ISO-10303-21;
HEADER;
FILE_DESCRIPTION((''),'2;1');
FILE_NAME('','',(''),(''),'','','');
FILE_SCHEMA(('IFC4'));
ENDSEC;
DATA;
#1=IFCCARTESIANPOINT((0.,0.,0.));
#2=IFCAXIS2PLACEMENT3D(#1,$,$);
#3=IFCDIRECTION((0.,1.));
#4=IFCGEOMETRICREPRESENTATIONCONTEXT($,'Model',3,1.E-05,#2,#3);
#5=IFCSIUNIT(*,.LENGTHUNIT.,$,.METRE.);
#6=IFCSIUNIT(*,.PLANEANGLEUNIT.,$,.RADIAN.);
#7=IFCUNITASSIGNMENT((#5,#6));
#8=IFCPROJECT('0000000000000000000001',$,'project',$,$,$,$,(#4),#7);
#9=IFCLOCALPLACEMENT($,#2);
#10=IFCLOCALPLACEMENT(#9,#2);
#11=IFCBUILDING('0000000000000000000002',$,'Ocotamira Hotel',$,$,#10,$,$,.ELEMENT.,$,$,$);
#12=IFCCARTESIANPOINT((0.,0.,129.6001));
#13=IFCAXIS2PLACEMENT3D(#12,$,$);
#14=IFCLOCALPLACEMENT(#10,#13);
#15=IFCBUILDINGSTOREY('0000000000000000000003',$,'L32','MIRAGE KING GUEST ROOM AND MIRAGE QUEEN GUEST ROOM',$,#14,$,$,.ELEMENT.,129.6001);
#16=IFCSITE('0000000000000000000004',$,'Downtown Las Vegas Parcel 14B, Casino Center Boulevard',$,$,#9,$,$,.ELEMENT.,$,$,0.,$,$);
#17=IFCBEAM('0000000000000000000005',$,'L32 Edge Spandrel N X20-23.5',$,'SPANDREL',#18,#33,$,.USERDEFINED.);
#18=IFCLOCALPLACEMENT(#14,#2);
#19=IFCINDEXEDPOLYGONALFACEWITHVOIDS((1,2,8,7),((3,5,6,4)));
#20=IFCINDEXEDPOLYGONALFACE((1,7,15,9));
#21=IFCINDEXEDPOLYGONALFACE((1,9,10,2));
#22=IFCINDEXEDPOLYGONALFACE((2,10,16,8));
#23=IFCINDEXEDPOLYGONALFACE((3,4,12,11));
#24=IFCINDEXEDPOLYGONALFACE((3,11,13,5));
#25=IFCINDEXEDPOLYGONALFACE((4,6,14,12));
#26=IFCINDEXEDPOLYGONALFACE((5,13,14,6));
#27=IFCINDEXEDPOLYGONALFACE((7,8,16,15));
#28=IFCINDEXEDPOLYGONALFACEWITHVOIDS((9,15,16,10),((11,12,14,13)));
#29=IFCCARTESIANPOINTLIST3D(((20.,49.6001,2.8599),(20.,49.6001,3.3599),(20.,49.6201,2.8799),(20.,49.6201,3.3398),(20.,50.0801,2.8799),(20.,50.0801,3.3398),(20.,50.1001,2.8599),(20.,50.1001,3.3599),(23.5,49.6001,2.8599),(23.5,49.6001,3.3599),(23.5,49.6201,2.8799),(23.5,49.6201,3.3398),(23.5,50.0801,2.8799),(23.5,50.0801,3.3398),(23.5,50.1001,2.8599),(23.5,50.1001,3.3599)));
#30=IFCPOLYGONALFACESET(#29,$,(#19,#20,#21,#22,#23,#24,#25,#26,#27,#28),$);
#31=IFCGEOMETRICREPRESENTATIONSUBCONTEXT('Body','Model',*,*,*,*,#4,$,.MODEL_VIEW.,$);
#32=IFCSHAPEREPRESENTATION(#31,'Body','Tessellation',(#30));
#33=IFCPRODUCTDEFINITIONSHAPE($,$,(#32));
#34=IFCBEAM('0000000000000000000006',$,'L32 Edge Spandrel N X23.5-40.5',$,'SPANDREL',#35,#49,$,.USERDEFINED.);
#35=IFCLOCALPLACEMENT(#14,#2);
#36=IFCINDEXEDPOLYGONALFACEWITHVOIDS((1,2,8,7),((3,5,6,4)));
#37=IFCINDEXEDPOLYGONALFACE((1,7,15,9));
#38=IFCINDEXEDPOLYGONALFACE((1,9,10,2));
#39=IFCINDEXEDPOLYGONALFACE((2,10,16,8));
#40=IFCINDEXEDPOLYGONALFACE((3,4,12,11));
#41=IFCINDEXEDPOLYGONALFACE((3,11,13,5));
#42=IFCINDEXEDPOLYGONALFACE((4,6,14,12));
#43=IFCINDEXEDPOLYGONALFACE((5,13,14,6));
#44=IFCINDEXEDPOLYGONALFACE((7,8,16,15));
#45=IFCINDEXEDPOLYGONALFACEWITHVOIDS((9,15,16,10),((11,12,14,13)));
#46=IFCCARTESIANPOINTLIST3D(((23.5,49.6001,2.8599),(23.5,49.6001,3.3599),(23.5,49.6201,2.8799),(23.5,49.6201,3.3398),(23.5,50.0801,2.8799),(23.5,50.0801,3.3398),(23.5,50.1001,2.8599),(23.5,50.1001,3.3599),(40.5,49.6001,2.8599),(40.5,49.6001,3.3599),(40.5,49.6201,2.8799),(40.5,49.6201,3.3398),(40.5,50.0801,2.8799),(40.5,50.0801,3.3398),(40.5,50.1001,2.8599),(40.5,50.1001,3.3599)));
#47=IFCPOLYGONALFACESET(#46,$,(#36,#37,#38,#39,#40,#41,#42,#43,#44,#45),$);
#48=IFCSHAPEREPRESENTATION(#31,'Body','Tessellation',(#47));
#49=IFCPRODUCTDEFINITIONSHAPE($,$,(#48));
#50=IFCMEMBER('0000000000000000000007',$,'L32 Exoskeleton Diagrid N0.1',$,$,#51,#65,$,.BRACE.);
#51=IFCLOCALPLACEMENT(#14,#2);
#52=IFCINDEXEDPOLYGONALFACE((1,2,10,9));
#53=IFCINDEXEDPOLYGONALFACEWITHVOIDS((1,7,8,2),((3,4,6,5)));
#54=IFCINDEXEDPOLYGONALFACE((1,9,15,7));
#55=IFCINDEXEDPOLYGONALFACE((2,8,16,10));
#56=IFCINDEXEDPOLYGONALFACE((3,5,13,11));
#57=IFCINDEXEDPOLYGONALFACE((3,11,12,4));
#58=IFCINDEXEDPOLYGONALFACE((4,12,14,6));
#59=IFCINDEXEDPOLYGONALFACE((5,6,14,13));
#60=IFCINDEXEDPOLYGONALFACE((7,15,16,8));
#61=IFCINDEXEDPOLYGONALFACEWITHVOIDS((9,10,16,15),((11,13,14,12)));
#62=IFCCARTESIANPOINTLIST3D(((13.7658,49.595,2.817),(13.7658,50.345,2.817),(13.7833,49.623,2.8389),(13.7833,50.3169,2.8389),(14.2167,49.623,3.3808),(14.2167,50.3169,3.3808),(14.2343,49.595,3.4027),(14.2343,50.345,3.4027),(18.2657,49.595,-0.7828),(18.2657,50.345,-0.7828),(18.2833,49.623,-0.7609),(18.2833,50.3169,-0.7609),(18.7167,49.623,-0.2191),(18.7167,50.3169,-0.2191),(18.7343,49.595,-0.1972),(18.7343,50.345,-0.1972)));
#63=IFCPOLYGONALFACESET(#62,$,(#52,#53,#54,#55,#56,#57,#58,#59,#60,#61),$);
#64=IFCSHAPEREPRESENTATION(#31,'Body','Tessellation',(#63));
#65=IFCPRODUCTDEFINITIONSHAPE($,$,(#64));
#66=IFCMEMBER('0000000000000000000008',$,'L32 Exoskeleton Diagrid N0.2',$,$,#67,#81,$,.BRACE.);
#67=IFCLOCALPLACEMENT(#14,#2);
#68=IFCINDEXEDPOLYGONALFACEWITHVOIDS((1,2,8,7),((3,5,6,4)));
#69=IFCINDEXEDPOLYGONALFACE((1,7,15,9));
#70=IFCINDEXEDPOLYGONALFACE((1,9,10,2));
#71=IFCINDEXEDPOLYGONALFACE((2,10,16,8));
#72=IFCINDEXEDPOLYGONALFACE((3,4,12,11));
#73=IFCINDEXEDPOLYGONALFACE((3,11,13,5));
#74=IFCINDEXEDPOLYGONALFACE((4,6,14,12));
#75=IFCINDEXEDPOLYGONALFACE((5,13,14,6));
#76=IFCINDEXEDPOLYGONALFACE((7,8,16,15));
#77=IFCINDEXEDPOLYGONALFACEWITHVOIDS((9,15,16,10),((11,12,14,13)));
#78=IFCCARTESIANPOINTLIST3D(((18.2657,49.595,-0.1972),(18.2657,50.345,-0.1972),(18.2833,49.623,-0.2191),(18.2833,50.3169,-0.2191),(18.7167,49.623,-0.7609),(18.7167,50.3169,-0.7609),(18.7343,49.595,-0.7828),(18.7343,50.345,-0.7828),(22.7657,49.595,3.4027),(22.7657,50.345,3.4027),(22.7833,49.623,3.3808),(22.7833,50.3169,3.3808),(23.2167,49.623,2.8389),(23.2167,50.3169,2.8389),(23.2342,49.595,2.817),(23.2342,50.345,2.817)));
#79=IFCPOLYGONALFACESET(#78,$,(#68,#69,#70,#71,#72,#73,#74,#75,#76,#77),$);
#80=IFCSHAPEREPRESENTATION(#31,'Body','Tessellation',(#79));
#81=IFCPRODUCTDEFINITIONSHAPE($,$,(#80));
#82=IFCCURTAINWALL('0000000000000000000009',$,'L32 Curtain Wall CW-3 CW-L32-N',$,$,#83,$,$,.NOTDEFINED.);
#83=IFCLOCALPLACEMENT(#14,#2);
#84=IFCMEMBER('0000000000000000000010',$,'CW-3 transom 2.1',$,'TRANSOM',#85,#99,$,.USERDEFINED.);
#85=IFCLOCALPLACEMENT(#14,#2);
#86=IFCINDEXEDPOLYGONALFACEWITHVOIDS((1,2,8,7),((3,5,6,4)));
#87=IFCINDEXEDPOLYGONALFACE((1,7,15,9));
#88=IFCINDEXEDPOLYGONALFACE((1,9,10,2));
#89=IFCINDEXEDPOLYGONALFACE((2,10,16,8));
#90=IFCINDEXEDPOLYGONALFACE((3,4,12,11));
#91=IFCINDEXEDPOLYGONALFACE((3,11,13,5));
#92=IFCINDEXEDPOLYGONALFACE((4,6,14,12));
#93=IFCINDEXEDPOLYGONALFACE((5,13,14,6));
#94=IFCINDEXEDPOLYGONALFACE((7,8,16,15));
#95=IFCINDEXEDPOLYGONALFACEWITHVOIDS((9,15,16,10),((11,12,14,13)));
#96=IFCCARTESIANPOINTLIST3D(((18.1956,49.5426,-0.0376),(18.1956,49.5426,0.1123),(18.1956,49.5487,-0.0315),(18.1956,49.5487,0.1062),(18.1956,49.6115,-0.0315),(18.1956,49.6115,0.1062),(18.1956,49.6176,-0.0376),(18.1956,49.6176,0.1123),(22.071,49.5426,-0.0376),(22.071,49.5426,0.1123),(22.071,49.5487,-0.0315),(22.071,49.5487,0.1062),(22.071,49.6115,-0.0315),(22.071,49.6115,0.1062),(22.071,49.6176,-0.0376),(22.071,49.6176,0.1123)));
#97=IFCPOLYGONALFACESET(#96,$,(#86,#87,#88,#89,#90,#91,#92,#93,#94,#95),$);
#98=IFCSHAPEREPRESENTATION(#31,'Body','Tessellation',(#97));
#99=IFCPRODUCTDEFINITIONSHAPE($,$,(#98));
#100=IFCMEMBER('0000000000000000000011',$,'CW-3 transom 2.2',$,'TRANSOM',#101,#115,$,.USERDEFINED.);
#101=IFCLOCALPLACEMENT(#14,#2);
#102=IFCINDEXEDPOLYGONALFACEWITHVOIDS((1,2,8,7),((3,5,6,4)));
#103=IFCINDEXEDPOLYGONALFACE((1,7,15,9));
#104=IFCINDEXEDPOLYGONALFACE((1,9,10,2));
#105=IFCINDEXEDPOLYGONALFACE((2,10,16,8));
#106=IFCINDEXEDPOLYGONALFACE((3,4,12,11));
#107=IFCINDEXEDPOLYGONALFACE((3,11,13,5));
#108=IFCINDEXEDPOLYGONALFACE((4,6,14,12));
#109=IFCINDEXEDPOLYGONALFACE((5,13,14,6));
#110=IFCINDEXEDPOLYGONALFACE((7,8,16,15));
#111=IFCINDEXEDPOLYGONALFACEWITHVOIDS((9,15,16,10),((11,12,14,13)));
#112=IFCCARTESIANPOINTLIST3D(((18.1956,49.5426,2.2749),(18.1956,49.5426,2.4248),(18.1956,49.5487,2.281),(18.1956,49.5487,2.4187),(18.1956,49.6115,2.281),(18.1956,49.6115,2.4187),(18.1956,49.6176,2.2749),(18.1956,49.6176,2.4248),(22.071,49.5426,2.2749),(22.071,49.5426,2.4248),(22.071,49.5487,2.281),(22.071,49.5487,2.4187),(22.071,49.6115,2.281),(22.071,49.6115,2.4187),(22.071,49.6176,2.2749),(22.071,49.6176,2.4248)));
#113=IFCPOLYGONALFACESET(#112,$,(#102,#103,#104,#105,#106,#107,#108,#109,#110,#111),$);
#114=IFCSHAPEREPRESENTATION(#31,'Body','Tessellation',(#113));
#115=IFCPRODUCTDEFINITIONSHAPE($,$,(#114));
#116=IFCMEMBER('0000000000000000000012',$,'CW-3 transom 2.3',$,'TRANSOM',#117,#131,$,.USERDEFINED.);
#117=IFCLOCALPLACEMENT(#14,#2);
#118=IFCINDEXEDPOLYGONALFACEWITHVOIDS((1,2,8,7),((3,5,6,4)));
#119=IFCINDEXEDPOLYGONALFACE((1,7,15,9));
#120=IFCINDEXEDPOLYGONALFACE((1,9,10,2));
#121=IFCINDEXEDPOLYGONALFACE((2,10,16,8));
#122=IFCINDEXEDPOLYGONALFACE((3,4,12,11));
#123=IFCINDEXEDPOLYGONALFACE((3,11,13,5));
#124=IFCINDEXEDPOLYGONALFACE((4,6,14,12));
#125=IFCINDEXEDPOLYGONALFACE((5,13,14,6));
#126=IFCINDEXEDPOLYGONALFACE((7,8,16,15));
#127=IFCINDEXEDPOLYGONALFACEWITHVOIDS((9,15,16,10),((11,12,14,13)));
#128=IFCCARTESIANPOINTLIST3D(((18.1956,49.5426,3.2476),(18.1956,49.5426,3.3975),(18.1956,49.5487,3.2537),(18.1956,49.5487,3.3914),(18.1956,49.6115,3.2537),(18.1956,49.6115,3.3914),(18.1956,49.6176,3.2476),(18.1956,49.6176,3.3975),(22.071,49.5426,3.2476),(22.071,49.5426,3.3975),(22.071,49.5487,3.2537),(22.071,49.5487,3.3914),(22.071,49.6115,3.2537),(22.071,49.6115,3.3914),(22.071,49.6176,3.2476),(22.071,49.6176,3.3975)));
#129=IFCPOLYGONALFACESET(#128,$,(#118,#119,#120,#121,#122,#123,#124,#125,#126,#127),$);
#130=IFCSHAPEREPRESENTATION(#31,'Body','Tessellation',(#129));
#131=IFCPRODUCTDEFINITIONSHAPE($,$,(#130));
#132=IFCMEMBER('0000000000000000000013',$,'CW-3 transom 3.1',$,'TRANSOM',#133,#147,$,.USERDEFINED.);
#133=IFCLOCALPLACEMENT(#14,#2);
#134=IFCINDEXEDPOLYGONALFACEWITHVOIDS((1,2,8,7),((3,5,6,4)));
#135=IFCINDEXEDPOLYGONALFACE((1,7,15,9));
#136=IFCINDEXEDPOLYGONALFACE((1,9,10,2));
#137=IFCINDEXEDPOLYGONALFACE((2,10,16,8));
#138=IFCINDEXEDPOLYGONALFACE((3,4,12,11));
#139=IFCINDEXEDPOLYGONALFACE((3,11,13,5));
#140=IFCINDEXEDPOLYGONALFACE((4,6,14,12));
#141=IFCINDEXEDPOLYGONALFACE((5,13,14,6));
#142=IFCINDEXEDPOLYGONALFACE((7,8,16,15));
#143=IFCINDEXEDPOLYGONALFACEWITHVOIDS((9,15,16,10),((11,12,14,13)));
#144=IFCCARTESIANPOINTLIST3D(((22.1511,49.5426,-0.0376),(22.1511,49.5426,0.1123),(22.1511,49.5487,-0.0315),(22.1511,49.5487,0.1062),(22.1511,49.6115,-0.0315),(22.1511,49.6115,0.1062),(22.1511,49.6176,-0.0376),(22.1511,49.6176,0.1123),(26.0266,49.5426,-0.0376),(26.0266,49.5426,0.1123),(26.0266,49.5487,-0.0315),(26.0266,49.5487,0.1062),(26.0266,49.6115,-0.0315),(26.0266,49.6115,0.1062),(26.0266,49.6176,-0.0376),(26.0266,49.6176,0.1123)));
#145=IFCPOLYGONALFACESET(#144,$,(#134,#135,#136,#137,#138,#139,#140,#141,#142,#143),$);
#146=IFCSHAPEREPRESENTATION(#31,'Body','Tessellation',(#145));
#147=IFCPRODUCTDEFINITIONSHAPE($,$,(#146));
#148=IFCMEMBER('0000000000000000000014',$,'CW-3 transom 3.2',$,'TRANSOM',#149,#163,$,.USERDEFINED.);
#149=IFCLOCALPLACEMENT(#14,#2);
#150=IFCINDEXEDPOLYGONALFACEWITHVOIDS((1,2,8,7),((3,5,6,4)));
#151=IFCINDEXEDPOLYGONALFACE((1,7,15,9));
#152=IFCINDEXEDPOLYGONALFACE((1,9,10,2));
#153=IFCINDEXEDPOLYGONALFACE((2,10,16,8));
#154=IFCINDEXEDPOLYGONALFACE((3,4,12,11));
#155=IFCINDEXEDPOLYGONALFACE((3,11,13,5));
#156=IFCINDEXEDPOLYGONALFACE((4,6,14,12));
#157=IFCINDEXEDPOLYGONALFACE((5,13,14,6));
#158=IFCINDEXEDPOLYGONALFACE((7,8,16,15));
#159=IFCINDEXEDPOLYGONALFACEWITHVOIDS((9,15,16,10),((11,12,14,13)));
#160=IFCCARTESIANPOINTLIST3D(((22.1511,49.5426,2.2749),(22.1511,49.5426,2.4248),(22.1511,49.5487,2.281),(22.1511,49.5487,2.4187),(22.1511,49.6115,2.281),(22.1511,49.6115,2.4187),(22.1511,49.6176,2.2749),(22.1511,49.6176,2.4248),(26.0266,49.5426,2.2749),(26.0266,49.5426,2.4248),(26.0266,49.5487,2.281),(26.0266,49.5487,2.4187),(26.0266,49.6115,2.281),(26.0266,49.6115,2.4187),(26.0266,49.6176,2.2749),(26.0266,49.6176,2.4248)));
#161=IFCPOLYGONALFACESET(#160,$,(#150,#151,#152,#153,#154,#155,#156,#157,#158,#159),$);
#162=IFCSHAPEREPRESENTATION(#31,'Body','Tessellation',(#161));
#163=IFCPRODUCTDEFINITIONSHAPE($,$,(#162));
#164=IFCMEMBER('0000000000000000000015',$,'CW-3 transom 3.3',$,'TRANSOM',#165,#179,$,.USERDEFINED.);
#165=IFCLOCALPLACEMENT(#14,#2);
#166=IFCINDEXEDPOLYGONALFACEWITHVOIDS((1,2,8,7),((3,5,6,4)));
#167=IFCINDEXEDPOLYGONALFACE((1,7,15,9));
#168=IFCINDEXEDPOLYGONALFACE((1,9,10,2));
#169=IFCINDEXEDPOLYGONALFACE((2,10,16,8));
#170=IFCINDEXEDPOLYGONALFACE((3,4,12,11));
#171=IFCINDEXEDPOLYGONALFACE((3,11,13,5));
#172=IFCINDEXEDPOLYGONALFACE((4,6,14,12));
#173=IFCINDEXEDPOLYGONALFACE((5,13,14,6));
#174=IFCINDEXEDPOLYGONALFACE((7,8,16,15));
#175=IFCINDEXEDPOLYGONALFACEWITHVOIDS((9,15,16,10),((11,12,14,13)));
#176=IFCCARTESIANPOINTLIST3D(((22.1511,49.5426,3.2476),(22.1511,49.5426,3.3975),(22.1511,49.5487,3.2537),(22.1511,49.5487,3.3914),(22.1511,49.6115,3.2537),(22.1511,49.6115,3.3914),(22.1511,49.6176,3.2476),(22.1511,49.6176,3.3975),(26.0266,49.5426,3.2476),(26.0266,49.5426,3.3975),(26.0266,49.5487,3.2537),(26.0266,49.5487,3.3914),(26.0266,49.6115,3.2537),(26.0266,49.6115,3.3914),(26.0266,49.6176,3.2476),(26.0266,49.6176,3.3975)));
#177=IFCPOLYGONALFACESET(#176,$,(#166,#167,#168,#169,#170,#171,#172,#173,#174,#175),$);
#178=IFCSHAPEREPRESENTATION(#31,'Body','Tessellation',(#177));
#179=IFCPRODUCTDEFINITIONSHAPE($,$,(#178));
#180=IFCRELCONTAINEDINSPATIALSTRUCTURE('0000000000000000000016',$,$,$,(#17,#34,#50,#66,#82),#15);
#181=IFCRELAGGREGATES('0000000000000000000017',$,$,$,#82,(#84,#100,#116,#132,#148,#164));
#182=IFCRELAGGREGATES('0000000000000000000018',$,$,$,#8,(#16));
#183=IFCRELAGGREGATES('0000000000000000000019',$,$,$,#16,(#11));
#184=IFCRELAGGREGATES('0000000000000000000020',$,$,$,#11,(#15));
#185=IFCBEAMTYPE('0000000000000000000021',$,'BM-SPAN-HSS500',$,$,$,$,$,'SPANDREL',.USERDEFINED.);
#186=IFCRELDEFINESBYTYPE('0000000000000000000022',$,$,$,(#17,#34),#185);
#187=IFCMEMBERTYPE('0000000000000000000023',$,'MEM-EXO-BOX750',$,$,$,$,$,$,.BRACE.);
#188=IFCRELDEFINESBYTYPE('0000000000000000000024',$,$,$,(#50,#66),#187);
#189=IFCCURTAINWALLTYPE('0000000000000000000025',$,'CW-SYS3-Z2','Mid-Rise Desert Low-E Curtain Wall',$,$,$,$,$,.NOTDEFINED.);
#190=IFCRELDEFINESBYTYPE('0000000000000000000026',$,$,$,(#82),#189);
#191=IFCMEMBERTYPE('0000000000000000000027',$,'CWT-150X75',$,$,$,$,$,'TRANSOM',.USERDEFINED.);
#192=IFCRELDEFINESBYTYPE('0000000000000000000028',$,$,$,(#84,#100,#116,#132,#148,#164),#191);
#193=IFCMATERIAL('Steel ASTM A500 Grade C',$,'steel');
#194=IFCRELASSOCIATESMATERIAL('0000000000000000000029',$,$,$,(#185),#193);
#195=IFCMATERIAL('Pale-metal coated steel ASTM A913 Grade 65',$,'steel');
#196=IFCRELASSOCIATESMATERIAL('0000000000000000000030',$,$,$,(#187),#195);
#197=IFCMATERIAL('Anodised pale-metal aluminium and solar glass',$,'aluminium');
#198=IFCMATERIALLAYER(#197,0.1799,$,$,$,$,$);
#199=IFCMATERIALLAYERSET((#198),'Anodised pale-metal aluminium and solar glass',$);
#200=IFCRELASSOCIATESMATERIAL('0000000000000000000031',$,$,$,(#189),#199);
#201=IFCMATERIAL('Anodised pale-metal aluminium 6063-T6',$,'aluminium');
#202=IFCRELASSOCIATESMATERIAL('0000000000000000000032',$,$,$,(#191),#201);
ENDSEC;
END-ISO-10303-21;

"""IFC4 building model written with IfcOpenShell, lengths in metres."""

from ifc_helpers import new_model, si_unit, direction, frame, origin, origin_2d, place, context, subcontext, project, spatial, hollow_rectangle, extrude, source, transform, mapped, material, layer, layer_set, material_profile, profile_set, type_object, element, aggregate, save


model = new_model("IFC4")

# Units and contexts
model_context = context("Model", 3, precision=1e-05, world=origin(), true_north=direction((0.0, 1.0)))
body_context = subcontext(model_context, "Body", "Model", "MODEL_VIEW")
ifc_project = project(units=[si_unit("LENGTHUNIT", "METRE"), si_unit("PLANEANGLEUNIT", "RADIAN")], contexts=[model_context])

# Site, building, storey
site_placement = place(None, origin())
site = spatial("IfcSite", under=ifc_project, at=site_placement, Name="Downtown Las Vegas Parcel 14B, Casino Center Boulevard", CompositionType="ELEMENT", RefElevation=0.0)
building_placement = place(site_placement, origin())
building = spatial("IfcBuilding", under=site, at=building_placement, Name="Ocotamira Hotel", CompositionType="ELEMENT")
storey_placement = place(building_placement, frame((0.0, 0.0, 129.6001)))
storey = spatial("IfcBuildingStorey", under=building, at=storey_placement, Name="L32", Description="MIRAGE KING GUEST ROOM AND MIRAGE QUEEN GUEST ROOM", CompositionType="ELEMENT", Elevation=129.6001)

# Beams
ifc_material_1 = material(Name="Steel ASTM A500 Grade C", Category="steel")
ifc_material_profile_1 = material_profile(ifc_material_1, hollow_rectangle(XDim=0.5, YDim=0.5, WallThickness=0.02, at=origin_2d()), Name="HSS500X500X20")
ifc_profile_set_1 = profile_set([ifc_material_profile_1], Name="Steel ASTM A500 Grade C")
beam_type_1 = type_object("IfcBeamType", Name="BM-SPAN-HSS500", ElementType="SPANDREL", PredefinedType="USERDEFINED", material=ifc_profile_set_1)
shared_shape_1 = source(origin(), body_context, "Body", "SweptSolid", [
    extrude(hollow_rectangle(XDim=0.5, YDim=0.5, WallThickness=0.02, at=origin_2d()), origin(), (0.0, 0.0, 1.0), 3.5),
])
beam_1_placement = place(storey_placement, frame((20.0, 49.8501, 3.1099), z_axis=(1.0, 0.0, 0.0), x_axis=(0.0, 1.0, 0.0)))
element("IfcBeam", 1, at=beam_1_placement, inside=storey, type_object=beam_type_1, Name="L32 Edge Spandrel N X20-23.5", ObjectType="SPANDREL", PredefinedType="USERDEFINED", context=body_context, shape_type="MappedRepresentation", body=[
    mapped(shared_shape_1, transform((0.0, 0.0, 0.0), scale=1.0)),
])
shared_shape_2 = source(origin(), body_context, "Body", "SweptSolid", [
    extrude(hollow_rectangle(XDim=0.5, YDim=0.5, WallThickness=0.02, at=origin_2d()), origin(), (0.0, 0.0, 1.0), 17.0),
])
beam_2_placement = place(storey_placement, frame((23.5, 49.8501, 3.1099), z_axis=(1.0, 0.0, 0.0), x_axis=(0.0, 1.0, 0.0)))
element("IfcBeam", 2, at=beam_2_placement, inside=storey, type_object=beam_type_1, Name="L32 Edge Spandrel N X23.5-40.5", ObjectType="SPANDREL", PredefinedType="USERDEFINED", context=body_context, shape_type="MappedRepresentation", body=[
    mapped(shared_shape_2, transform((0.0, 0.0, 0.0), scale=1.0)),
])

# Members
ifc_material_2 = material(Name="Pale-metal coated steel ASTM A913 Grade 65", Category="steel")
ifc_material_profile_2 = material_profile(ifc_material_2, hollow_rectangle(XDim=0.75, YDim=0.75, WallThickness=0.0281, at=origin_2d()), Name="BOX750X750X28")
ifc_profile_set_2 = profile_set([ifc_material_profile_2], Name="Pale-metal coated steel ASTM A913 Grade 65")
member_type_1 = type_object("IfcMemberType", Name="MEM-EXO-BOX750", PredefinedType="BRACE", material=ifc_profile_set_2)
shared_shape_3 = source(origin(), body_context, "Body", "SweptSolid", [
    extrude(hollow_rectangle(XDim=0.75, YDim=0.75, WallThickness=0.0281, at=origin_2d()), origin(), (0.0, 0.0, 1.0), 5.7627),
])
for number, where, z_axis, x_axis, name in (
    (3, (18.5, 49.97, -0.49), (-0.780881, 0.0, 0.62468), (0.0, -1.0, 0.0), "L32 Exoskeleton Diagrid N0.1"),
    (4, (18.5, 49.97, -0.49), (0.780881, 0.0, 0.62468), (0.0, 1.0, 0.0), "L32 Exoskeleton Diagrid N0.2"),
):
    element("IfcMember", number, at=place(storey_placement, frame(where, z_axis=z_axis, x_axis=x_axis)), inside=storey, type_object=member_type_1, Name=name, PredefinedType="BRACE", context=body_context, shape_type="MappedRepresentation", body=[
        mapped(shared_shape_3, transform((0.0, 0.0, 0.0), scale=1.0)),
    ])

# Curtain wall, members
ifc_material_3 = material(Name="Anodised pale-metal aluminium and solar glass", Category="aluminium")
ifc_layer_1 = layer(ifc_material_3, 0.1799)
ifc_layer_set_1 = layer_set([ifc_layer_1], Name="Anodised pale-metal aluminium and solar glass")
curtain_wall_type = type_object("IfcCurtainWallType", Name="CW-SYS3-Z2", Description="Mid-Rise Desert Low-E Curtain Wall", PredefinedType="NOTDEFINED", material=ifc_layer_set_1)
curtain_wall_placement = place(storey_placement, origin())
curtain_wall = element("IfcCurtainWall", 5, at=curtain_wall_placement, inside=storey, type_object=curtain_wall_type, Name="L32 Curtain Wall CW-3 CW-L32-N", PredefinedType="NOTDEFINED")
ifc_material_4 = material(Name="Anodised pale-metal aluminium 6063-T6", Category="aluminium")
ifc_material_profile_3 = material_profile(ifc_material_4, hollow_rectangle(XDim=0.075, YDim=0.1499, WallThickness=0.0061, at=origin_2d()), Name="HSS150X75X6")
ifc_profile_set_3 = profile_set([ifc_material_profile_3], Name="Anodised pale-metal aluminium 6063-T6")
member_type_2 = type_object("IfcMemberType", Name="CWT-150X75", ElementType="TRANSOM", PredefinedType="USERDEFINED", material=ifc_profile_set_3)
shared_shape_4 = source(origin(), body_context, "Body", "SweptSolid", [
    extrude(hollow_rectangle(XDim=0.075, YDim=0.1499, WallThickness=0.0061, at=origin_2d()), origin(), (0.0, 0.0, 1.0), 3.8755),
])
member_1_placement = place(storey_placement, frame((18.1956, 49.5801, 0.0374), z_axis=(1.0, 0.0, 0.0), x_axis=(0.0, 1.0, 0.0)))
member_1 = element("IfcMember", 6, at=member_1_placement, type_object=member_type_2, Name="CW-3 transom 2.1", ObjectType="TRANSOM", PredefinedType="USERDEFINED", context=body_context, shape_type="MappedRepresentation", body=[
    mapped(shared_shape_4, transform((0.0, 0.0, 0.0), scale=1.0)),
])
member_2_placement = place(storey_placement, frame((18.1956, 49.5801, 2.3499), z_axis=(1.0, 0.0, 0.0), x_axis=(0.0, 1.0, 0.0)))
member_2 = element("IfcMember", 7, at=member_2_placement, type_object=member_type_2, Name="CW-3 transom 2.2", ObjectType="TRANSOM", PredefinedType="USERDEFINED", context=body_context, shape_type="MappedRepresentation", body=[
    mapped(shared_shape_4, transform((0.0, 0.0, 0.0), scale=1.0)),
])
member_3_placement = place(storey_placement, frame((18.1956, 49.5801, 3.3225), z_axis=(1.0, 0.0, 0.0), x_axis=(0.0, 1.0, 0.0)))
member_3 = element("IfcMember", 8, at=member_3_placement, type_object=member_type_2, Name="CW-3 transom 2.3", ObjectType="TRANSOM", PredefinedType="USERDEFINED", context=body_context, shape_type="MappedRepresentation", body=[
    mapped(shared_shape_4, transform((0.0, 0.0, 0.0), scale=1.0)),
])
member_4_placement = place(storey_placement, frame((22.1511, 49.5801, 0.0374), z_axis=(1.0, 0.0, 0.0), x_axis=(0.0, 1.0, 0.0)))
member_4 = element("IfcMember", 9, at=member_4_placement, type_object=member_type_2, Name="CW-3 transom 3.1", ObjectType="TRANSOM", PredefinedType="USERDEFINED", context=body_context, shape_type="MappedRepresentation", body=[
    mapped(shared_shape_4, transform((0.0, 0.0, 0.0), scale=1.0)),
])
member_5_placement = place(storey_placement, frame((22.1511, 49.5801, 2.3499), z_axis=(1.0, 0.0, 0.0), x_axis=(0.0, 1.0, 0.0)))
member_5 = element("IfcMember", 10, at=member_5_placement, type_object=member_type_2, Name="CW-3 transom 3.2", ObjectType="TRANSOM", PredefinedType="USERDEFINED", context=body_context, shape_type="MappedRepresentation", body=[
    mapped(shared_shape_4, transform((0.0, 0.0, 0.0), scale=1.0)),
])
member_6_placement = place(storey_placement, frame((22.1511, 49.5801, 3.3225), z_axis=(1.0, 0.0, 0.0), x_axis=(0.0, 1.0, 0.0)))
member_6 = element("IfcMember", 11, at=member_6_placement, type_object=member_type_2, Name="CW-3 transom 3.3", ObjectType="TRANSOM", PredefinedType="USERDEFINED", context=body_context, shape_type="MappedRepresentation", body=[
    mapped(shared_shape_4, transform((0.0, 0.0, 0.0), scale=1.0)),
])

aggregate(curtain_wall, [member_1, member_2, member_3, member_4, member_5, member_6])

save(model, "model.ifc")
